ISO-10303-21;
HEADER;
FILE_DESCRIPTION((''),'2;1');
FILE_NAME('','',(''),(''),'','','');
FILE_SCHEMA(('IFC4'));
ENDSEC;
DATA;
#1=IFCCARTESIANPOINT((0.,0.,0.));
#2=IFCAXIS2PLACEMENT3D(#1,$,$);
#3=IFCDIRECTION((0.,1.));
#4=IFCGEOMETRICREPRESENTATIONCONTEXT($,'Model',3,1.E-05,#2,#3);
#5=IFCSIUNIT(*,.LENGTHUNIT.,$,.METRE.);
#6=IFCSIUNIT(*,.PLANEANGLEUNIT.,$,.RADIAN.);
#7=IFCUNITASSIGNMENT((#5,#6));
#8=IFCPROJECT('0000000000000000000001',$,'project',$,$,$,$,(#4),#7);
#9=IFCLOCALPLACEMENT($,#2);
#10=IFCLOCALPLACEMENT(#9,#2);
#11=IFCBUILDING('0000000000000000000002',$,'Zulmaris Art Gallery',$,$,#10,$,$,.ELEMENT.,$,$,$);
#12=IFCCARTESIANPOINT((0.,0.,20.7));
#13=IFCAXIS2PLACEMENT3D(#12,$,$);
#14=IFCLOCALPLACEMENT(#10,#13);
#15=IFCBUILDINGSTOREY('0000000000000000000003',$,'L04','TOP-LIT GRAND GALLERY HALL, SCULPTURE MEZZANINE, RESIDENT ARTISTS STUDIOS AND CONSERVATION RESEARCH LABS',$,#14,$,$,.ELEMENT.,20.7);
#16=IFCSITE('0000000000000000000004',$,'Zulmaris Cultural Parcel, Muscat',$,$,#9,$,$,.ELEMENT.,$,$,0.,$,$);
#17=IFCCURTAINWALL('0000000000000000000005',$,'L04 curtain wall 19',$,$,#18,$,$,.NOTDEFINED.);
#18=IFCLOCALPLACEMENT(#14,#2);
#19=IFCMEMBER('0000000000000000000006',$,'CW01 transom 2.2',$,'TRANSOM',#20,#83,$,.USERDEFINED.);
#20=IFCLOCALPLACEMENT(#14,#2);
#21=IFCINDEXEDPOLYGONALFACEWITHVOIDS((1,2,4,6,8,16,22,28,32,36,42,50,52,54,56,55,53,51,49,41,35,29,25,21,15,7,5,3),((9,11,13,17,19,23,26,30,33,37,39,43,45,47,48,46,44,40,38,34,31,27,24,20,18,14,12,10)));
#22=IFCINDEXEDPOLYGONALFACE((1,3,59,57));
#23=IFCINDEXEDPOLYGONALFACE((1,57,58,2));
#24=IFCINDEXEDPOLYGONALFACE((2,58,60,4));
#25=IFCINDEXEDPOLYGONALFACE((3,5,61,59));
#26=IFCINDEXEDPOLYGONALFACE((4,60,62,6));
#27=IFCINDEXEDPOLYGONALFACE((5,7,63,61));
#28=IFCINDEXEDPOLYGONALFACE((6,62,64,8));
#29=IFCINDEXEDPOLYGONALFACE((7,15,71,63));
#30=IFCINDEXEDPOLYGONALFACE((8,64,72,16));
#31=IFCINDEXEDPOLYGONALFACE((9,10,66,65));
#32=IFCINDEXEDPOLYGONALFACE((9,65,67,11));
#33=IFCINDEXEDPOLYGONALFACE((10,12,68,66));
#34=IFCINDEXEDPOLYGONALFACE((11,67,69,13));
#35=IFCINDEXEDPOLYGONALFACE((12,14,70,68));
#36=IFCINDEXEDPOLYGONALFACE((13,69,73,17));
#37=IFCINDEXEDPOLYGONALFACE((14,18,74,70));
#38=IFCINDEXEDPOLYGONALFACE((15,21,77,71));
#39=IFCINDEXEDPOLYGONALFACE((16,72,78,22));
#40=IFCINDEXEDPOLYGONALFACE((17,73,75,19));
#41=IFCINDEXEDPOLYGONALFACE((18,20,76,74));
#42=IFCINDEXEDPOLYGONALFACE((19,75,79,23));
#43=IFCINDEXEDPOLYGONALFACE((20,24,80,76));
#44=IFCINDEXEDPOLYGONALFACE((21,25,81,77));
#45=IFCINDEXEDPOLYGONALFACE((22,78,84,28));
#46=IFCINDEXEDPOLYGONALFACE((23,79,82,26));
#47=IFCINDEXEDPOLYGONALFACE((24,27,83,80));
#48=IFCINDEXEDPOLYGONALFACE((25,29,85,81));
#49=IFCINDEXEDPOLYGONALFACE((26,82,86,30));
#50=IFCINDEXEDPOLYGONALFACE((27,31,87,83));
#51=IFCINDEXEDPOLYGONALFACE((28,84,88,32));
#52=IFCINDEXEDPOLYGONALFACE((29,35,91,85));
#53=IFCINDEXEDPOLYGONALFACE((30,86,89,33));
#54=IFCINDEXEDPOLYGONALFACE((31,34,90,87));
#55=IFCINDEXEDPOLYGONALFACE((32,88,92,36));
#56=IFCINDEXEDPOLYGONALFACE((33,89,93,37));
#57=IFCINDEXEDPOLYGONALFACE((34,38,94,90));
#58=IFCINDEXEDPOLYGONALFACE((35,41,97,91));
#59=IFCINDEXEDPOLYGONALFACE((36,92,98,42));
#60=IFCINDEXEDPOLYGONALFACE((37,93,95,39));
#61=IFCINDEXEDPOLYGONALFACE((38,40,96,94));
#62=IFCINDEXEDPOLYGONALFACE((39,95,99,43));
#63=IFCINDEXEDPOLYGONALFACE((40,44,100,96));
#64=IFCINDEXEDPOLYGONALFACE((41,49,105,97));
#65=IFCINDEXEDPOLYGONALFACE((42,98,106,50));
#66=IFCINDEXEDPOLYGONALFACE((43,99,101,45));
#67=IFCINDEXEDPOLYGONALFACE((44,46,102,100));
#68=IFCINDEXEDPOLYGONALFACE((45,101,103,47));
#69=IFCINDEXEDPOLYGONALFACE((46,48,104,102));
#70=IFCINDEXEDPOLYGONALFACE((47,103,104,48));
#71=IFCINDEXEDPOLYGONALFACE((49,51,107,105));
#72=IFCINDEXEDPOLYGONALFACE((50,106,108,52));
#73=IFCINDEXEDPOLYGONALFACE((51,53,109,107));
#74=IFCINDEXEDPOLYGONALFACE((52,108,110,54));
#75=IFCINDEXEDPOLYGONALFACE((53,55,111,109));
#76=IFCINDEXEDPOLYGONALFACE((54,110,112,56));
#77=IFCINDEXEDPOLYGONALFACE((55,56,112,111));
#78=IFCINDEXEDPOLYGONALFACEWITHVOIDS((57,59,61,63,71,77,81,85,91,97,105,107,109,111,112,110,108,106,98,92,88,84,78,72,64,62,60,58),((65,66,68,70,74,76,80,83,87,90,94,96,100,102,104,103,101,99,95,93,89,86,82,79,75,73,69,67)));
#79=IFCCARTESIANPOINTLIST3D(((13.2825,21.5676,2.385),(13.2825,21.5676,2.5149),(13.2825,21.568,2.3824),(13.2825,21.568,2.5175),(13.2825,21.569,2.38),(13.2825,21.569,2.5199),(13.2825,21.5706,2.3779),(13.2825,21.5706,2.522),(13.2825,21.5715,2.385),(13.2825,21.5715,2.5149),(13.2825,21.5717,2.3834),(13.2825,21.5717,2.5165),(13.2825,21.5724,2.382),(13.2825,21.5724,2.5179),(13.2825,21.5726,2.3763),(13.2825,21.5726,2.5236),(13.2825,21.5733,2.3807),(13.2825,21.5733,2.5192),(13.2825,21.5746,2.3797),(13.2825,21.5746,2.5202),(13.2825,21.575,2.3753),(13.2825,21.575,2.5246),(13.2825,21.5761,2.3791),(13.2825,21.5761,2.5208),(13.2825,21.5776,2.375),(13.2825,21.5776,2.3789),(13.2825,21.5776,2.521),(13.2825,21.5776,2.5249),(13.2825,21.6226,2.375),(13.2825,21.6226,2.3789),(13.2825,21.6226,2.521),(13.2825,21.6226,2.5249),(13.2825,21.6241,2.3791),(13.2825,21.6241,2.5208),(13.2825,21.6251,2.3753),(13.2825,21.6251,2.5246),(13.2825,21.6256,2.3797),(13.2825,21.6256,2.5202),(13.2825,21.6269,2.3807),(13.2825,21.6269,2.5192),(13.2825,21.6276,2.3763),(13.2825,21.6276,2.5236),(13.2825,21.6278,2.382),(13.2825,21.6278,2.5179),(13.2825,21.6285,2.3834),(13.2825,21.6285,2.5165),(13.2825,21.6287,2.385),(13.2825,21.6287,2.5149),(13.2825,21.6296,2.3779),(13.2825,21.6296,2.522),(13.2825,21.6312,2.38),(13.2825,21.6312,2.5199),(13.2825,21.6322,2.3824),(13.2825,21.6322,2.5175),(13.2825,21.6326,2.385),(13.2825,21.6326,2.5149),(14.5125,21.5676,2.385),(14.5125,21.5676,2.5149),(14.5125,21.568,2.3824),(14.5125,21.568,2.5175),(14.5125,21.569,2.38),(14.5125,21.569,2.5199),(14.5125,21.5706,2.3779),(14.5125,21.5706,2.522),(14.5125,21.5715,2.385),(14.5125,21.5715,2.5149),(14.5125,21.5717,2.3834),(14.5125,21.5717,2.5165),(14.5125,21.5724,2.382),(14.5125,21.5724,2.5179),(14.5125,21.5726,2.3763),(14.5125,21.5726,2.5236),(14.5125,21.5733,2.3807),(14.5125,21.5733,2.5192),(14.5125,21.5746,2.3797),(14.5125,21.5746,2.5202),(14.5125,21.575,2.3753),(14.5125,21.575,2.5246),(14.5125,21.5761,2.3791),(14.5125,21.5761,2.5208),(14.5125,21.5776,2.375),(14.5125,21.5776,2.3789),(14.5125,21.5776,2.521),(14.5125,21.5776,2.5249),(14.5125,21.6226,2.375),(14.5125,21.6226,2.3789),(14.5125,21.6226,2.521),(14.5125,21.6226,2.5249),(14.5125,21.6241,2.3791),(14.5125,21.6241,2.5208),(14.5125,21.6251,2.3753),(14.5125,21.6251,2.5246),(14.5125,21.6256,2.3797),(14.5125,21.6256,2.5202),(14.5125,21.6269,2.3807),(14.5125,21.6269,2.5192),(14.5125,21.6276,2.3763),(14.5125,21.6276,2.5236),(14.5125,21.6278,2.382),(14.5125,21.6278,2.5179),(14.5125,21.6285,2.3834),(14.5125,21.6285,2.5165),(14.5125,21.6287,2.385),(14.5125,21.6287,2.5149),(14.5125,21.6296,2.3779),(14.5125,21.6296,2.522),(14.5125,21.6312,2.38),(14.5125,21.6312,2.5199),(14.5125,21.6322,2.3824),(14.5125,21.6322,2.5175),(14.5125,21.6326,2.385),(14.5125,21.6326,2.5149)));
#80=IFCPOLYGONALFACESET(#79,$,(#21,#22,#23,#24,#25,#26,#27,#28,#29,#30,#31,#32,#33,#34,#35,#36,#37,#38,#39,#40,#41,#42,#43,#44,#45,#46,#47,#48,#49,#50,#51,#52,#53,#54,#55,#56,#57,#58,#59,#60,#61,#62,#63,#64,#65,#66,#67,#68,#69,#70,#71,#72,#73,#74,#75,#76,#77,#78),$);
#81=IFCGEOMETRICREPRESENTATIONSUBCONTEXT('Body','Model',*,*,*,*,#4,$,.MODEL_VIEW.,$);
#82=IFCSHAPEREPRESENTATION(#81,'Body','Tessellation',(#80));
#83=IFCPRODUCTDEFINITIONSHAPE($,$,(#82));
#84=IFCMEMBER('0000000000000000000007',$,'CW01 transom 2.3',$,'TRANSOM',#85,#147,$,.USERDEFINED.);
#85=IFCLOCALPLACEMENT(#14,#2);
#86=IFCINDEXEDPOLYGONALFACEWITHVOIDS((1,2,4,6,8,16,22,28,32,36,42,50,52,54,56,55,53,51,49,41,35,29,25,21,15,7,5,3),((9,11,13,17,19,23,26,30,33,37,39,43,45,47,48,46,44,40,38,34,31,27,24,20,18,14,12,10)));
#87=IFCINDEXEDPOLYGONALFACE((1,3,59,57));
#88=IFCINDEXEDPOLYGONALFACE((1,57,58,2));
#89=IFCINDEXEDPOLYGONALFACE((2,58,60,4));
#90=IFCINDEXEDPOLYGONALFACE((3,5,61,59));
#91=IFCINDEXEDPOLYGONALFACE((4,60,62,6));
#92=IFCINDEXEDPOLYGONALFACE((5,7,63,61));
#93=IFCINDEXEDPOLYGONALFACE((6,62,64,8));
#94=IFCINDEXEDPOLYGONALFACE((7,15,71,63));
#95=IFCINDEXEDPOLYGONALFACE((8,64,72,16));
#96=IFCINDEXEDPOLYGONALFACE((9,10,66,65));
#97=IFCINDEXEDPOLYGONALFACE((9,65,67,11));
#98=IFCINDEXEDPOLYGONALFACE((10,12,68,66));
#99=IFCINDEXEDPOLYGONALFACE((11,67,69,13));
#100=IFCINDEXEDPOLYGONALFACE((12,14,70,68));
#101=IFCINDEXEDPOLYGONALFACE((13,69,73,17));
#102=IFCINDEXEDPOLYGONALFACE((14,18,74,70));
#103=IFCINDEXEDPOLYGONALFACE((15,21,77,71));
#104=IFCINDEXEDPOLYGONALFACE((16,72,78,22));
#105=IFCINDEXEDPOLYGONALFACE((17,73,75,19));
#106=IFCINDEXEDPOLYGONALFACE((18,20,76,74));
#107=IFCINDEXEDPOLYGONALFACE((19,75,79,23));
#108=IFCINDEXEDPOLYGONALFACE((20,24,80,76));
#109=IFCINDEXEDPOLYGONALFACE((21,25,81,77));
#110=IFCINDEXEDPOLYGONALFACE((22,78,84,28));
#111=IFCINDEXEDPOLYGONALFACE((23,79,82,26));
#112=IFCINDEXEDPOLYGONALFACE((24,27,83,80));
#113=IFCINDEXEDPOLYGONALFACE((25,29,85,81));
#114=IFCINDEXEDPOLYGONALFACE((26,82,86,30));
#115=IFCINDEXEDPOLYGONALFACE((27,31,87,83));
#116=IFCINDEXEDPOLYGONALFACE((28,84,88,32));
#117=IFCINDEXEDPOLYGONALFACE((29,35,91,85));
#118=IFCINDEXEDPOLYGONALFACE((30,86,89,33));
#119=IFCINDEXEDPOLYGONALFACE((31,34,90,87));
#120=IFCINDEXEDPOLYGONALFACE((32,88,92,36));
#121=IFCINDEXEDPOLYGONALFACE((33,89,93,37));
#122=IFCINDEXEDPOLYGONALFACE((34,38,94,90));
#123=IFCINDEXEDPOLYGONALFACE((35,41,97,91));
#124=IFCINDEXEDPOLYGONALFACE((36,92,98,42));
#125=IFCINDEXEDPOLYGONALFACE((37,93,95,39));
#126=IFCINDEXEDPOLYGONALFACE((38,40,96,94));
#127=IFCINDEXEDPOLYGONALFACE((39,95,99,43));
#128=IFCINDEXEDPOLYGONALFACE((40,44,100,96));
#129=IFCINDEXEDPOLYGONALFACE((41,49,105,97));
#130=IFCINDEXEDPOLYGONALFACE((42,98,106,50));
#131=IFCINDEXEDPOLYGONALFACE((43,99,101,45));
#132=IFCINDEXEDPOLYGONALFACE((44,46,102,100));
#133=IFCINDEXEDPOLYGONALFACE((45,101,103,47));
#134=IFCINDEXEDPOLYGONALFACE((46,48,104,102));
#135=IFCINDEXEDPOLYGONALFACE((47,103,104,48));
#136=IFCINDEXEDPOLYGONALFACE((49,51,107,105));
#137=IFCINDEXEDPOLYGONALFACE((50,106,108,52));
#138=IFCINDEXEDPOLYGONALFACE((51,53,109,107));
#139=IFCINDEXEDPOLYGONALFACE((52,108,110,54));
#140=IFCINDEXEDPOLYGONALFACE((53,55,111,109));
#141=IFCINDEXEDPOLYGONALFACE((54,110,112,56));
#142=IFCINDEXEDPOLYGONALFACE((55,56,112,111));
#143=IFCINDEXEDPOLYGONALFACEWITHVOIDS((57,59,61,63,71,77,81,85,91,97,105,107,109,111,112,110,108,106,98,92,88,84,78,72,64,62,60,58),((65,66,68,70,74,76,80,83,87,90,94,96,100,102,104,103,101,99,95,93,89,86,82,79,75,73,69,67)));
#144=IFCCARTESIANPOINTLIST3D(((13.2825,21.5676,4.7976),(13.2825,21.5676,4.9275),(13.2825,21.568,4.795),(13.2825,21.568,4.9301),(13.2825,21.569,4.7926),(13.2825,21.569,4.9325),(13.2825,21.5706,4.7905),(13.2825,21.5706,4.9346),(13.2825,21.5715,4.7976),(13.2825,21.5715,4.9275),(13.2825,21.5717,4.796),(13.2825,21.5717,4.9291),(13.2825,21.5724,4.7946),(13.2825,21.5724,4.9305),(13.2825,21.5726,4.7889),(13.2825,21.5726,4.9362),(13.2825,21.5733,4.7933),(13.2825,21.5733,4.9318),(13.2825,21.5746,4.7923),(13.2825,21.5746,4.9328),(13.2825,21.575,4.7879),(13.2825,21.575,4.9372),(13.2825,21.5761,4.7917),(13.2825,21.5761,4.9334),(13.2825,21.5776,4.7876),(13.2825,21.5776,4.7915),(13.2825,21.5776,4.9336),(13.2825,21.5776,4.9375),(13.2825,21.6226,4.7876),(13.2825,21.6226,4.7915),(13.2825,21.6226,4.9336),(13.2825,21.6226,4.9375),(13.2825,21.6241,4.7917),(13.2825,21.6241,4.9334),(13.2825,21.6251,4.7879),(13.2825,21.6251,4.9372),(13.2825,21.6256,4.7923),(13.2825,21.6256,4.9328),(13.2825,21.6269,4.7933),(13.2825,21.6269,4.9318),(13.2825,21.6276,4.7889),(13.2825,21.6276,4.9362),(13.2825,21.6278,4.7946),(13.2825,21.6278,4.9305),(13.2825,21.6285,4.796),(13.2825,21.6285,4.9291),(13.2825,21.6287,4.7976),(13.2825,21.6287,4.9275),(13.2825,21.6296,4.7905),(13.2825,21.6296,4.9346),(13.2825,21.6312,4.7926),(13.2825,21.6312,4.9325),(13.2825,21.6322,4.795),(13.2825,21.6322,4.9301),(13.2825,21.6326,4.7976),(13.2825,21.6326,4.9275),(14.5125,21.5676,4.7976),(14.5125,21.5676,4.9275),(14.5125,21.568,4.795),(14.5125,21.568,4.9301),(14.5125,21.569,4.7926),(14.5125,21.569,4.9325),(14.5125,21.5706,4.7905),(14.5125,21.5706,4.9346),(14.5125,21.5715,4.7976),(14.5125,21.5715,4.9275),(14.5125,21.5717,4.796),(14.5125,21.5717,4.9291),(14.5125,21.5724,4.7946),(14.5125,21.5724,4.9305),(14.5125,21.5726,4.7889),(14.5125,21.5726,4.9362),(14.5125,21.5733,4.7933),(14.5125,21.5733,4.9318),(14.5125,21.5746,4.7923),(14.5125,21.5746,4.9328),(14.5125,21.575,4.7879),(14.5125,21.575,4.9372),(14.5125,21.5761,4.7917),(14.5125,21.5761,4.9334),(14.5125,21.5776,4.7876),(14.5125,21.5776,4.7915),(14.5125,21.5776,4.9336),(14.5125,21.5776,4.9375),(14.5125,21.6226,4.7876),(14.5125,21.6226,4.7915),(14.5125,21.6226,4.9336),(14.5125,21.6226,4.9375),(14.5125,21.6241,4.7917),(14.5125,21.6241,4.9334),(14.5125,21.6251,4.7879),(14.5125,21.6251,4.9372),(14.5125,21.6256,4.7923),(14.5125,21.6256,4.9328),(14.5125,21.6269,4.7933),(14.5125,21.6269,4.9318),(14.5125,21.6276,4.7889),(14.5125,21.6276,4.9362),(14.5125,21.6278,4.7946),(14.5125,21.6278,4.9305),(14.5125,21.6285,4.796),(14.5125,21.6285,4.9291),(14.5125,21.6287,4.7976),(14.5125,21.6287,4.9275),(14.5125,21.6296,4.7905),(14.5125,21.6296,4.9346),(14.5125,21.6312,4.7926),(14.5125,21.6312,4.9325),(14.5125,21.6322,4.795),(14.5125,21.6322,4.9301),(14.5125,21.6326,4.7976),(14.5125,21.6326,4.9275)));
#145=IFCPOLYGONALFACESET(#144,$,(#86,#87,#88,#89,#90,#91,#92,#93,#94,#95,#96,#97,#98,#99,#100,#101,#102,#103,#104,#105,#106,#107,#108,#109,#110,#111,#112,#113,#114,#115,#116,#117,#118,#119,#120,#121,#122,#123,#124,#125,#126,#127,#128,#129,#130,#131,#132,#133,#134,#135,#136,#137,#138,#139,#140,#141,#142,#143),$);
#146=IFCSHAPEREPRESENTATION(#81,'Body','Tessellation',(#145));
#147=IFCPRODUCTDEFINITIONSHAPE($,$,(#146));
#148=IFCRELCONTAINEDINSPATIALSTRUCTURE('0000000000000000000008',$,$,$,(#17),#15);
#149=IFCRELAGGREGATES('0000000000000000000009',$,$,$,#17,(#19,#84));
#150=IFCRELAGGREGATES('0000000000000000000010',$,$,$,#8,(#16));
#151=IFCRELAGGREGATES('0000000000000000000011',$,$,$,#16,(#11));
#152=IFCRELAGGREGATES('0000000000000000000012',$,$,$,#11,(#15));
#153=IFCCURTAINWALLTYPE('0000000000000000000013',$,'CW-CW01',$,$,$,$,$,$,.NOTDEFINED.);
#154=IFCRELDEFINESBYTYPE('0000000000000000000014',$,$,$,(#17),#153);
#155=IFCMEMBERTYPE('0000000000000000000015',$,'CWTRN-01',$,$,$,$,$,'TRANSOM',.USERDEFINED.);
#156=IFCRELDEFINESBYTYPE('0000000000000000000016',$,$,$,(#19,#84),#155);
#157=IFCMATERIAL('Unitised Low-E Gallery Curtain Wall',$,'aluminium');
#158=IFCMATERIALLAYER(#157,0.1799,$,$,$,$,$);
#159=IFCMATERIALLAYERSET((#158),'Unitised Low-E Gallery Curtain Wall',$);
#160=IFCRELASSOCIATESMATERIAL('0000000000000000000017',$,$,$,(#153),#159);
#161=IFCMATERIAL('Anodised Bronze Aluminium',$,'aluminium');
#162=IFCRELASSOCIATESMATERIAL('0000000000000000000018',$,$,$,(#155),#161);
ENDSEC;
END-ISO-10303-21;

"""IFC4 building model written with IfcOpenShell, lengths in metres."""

from ifc_helpers import new_model, si_unit, direction, frame, origin, origin_2d, place, context, subcontext, project, spatial, hollow_rectangle, extrude, material, layer, layer_set, material_profile, profile_set, type_object, element, aggregate, save


model = new_model("IFC4")

# Units and contexts
model_context = context("Model", 3, precision=1e-05, world=origin(), true_north=direction((0.0, 1.0)))
body_context = subcontext(model_context, "Body", "Model", "MODEL_VIEW")
ifc_project = project(units=[si_unit("LENGTHUNIT", "METRE"), si_unit("PLANEANGLEUNIT", "RADIAN")], contexts=[model_context])

# Site, building, storey
site_placement = place(None, origin())
site = spatial("IfcSite", under=ifc_project, at=site_placement, Name="Zulmaris Cultural Parcel, Muscat", CompositionType="ELEMENT", RefElevation=0.0)
building_placement = place(site_placement, origin())
building = spatial("IfcBuilding", under=site, at=building_placement, Name="Zulmaris Art Gallery", CompositionType="ELEMENT")
storey_placement = place(building_placement, frame((0.0, 0.0, 20.7)))
storey = spatial("IfcBuildingStorey", under=building, at=storey_placement, Name="L04", Description="TOP-LIT GRAND GALLERY HALL, SCULPTURE MEZZANINE, RESIDENT ARTISTS STUDIOS AND CONSERVATION RESEARCH LABS", CompositionType="ELEMENT", Elevation=20.7)

# Curtain wall, members
ifc_material_1 = material(Name="Unitised Low-E Gallery Curtain Wall", Category="aluminium")
ifc_layer_1 = layer(ifc_material_1, 0.1799)
ifc_layer_set_1 = layer_set([ifc_layer_1], Name="Unitised Low-E Gallery Curtain Wall")
curtain_wall_type = type_object("IfcCurtainWallType", Name="CW-CW01", PredefinedType="NOTDEFINED", material=ifc_layer_set_1)
curtain_wall_placement = place(storey_placement, origin())
curtain_wall = element("IfcCurtainWall", 1, at=curtain_wall_placement, inside=storey, type_object=curtain_wall_type, Name="L04 curtain wall 19", PredefinedType="NOTDEFINED")
ifc_material_2 = material(Name="Anodised Bronze Aluminium", Category="aluminium")
ifc_material_profile_1 = material_profile(ifc_material_2, hollow_rectangle(XDim=0.0649, YDim=0.1499, WallThickness=0.0039, InnerFilletRadius=0.0061, OuterFilletRadius=0.01, at=origin_2d()), Name="ALU 65x150x4")
ifc_profile_set_1 = profile_set([ifc_material_profile_1], Name="Anodised Bronze Aluminium")
member_type_1 = type_object("IfcMemberType", Name="CWTRN-01", ElementType="TRANSOM", PredefinedType="USERDEFINED", material=ifc_profile_set_1)
member_1_placement = place(storey_placement, frame((13.2825, 21.6001, 2.45), z_axis=(1.0, 0.0, 0.0), x_axis=(0.0, 1.0, 0.0)))
member_1 = element("IfcMember", 2, at=member_1_placement, type_object=member_type_1, Name="CW01 transom 2.2", ObjectType="TRANSOM", PredefinedType="USERDEFINED", context=body_context, shape_type="SweptSolid", body=[
    extrude(hollow_rectangle(XDim=0.0649, YDim=0.1499, WallThickness=0.0039, InnerFilletRadius=0.0061, OuterFilletRadius=0.01, at=origin_2d()), origin(), (0.0, 0.0, 1.0), 1.23),
])
member_2_placement = place(storey_placement, frame((13.2825, 21.6001, 4.8625), z_axis=(1.0, 0.0, 0.0), x_axis=(0.0, 1.0, 0.0)))
member_2 = element("IfcMember", 3, at=member_2_placement, type_object=member_type_1, Name="CW01 transom 2.3", ObjectType="TRANSOM", PredefinedType="USERDEFINED", context=body_context, shape_type="SweptSolid", body=[
    extrude(hollow_rectangle(XDim=0.0649, YDim=0.1499, WallThickness=0.0039, InnerFilletRadius=0.0061, OuterFilletRadius=0.01, at=origin_2d()), origin(), (0.0, 0.0, 1.0), 1.23),
])

aggregate(curtain_wall, [member_1, member_2])

save(model, "model.ifc")
